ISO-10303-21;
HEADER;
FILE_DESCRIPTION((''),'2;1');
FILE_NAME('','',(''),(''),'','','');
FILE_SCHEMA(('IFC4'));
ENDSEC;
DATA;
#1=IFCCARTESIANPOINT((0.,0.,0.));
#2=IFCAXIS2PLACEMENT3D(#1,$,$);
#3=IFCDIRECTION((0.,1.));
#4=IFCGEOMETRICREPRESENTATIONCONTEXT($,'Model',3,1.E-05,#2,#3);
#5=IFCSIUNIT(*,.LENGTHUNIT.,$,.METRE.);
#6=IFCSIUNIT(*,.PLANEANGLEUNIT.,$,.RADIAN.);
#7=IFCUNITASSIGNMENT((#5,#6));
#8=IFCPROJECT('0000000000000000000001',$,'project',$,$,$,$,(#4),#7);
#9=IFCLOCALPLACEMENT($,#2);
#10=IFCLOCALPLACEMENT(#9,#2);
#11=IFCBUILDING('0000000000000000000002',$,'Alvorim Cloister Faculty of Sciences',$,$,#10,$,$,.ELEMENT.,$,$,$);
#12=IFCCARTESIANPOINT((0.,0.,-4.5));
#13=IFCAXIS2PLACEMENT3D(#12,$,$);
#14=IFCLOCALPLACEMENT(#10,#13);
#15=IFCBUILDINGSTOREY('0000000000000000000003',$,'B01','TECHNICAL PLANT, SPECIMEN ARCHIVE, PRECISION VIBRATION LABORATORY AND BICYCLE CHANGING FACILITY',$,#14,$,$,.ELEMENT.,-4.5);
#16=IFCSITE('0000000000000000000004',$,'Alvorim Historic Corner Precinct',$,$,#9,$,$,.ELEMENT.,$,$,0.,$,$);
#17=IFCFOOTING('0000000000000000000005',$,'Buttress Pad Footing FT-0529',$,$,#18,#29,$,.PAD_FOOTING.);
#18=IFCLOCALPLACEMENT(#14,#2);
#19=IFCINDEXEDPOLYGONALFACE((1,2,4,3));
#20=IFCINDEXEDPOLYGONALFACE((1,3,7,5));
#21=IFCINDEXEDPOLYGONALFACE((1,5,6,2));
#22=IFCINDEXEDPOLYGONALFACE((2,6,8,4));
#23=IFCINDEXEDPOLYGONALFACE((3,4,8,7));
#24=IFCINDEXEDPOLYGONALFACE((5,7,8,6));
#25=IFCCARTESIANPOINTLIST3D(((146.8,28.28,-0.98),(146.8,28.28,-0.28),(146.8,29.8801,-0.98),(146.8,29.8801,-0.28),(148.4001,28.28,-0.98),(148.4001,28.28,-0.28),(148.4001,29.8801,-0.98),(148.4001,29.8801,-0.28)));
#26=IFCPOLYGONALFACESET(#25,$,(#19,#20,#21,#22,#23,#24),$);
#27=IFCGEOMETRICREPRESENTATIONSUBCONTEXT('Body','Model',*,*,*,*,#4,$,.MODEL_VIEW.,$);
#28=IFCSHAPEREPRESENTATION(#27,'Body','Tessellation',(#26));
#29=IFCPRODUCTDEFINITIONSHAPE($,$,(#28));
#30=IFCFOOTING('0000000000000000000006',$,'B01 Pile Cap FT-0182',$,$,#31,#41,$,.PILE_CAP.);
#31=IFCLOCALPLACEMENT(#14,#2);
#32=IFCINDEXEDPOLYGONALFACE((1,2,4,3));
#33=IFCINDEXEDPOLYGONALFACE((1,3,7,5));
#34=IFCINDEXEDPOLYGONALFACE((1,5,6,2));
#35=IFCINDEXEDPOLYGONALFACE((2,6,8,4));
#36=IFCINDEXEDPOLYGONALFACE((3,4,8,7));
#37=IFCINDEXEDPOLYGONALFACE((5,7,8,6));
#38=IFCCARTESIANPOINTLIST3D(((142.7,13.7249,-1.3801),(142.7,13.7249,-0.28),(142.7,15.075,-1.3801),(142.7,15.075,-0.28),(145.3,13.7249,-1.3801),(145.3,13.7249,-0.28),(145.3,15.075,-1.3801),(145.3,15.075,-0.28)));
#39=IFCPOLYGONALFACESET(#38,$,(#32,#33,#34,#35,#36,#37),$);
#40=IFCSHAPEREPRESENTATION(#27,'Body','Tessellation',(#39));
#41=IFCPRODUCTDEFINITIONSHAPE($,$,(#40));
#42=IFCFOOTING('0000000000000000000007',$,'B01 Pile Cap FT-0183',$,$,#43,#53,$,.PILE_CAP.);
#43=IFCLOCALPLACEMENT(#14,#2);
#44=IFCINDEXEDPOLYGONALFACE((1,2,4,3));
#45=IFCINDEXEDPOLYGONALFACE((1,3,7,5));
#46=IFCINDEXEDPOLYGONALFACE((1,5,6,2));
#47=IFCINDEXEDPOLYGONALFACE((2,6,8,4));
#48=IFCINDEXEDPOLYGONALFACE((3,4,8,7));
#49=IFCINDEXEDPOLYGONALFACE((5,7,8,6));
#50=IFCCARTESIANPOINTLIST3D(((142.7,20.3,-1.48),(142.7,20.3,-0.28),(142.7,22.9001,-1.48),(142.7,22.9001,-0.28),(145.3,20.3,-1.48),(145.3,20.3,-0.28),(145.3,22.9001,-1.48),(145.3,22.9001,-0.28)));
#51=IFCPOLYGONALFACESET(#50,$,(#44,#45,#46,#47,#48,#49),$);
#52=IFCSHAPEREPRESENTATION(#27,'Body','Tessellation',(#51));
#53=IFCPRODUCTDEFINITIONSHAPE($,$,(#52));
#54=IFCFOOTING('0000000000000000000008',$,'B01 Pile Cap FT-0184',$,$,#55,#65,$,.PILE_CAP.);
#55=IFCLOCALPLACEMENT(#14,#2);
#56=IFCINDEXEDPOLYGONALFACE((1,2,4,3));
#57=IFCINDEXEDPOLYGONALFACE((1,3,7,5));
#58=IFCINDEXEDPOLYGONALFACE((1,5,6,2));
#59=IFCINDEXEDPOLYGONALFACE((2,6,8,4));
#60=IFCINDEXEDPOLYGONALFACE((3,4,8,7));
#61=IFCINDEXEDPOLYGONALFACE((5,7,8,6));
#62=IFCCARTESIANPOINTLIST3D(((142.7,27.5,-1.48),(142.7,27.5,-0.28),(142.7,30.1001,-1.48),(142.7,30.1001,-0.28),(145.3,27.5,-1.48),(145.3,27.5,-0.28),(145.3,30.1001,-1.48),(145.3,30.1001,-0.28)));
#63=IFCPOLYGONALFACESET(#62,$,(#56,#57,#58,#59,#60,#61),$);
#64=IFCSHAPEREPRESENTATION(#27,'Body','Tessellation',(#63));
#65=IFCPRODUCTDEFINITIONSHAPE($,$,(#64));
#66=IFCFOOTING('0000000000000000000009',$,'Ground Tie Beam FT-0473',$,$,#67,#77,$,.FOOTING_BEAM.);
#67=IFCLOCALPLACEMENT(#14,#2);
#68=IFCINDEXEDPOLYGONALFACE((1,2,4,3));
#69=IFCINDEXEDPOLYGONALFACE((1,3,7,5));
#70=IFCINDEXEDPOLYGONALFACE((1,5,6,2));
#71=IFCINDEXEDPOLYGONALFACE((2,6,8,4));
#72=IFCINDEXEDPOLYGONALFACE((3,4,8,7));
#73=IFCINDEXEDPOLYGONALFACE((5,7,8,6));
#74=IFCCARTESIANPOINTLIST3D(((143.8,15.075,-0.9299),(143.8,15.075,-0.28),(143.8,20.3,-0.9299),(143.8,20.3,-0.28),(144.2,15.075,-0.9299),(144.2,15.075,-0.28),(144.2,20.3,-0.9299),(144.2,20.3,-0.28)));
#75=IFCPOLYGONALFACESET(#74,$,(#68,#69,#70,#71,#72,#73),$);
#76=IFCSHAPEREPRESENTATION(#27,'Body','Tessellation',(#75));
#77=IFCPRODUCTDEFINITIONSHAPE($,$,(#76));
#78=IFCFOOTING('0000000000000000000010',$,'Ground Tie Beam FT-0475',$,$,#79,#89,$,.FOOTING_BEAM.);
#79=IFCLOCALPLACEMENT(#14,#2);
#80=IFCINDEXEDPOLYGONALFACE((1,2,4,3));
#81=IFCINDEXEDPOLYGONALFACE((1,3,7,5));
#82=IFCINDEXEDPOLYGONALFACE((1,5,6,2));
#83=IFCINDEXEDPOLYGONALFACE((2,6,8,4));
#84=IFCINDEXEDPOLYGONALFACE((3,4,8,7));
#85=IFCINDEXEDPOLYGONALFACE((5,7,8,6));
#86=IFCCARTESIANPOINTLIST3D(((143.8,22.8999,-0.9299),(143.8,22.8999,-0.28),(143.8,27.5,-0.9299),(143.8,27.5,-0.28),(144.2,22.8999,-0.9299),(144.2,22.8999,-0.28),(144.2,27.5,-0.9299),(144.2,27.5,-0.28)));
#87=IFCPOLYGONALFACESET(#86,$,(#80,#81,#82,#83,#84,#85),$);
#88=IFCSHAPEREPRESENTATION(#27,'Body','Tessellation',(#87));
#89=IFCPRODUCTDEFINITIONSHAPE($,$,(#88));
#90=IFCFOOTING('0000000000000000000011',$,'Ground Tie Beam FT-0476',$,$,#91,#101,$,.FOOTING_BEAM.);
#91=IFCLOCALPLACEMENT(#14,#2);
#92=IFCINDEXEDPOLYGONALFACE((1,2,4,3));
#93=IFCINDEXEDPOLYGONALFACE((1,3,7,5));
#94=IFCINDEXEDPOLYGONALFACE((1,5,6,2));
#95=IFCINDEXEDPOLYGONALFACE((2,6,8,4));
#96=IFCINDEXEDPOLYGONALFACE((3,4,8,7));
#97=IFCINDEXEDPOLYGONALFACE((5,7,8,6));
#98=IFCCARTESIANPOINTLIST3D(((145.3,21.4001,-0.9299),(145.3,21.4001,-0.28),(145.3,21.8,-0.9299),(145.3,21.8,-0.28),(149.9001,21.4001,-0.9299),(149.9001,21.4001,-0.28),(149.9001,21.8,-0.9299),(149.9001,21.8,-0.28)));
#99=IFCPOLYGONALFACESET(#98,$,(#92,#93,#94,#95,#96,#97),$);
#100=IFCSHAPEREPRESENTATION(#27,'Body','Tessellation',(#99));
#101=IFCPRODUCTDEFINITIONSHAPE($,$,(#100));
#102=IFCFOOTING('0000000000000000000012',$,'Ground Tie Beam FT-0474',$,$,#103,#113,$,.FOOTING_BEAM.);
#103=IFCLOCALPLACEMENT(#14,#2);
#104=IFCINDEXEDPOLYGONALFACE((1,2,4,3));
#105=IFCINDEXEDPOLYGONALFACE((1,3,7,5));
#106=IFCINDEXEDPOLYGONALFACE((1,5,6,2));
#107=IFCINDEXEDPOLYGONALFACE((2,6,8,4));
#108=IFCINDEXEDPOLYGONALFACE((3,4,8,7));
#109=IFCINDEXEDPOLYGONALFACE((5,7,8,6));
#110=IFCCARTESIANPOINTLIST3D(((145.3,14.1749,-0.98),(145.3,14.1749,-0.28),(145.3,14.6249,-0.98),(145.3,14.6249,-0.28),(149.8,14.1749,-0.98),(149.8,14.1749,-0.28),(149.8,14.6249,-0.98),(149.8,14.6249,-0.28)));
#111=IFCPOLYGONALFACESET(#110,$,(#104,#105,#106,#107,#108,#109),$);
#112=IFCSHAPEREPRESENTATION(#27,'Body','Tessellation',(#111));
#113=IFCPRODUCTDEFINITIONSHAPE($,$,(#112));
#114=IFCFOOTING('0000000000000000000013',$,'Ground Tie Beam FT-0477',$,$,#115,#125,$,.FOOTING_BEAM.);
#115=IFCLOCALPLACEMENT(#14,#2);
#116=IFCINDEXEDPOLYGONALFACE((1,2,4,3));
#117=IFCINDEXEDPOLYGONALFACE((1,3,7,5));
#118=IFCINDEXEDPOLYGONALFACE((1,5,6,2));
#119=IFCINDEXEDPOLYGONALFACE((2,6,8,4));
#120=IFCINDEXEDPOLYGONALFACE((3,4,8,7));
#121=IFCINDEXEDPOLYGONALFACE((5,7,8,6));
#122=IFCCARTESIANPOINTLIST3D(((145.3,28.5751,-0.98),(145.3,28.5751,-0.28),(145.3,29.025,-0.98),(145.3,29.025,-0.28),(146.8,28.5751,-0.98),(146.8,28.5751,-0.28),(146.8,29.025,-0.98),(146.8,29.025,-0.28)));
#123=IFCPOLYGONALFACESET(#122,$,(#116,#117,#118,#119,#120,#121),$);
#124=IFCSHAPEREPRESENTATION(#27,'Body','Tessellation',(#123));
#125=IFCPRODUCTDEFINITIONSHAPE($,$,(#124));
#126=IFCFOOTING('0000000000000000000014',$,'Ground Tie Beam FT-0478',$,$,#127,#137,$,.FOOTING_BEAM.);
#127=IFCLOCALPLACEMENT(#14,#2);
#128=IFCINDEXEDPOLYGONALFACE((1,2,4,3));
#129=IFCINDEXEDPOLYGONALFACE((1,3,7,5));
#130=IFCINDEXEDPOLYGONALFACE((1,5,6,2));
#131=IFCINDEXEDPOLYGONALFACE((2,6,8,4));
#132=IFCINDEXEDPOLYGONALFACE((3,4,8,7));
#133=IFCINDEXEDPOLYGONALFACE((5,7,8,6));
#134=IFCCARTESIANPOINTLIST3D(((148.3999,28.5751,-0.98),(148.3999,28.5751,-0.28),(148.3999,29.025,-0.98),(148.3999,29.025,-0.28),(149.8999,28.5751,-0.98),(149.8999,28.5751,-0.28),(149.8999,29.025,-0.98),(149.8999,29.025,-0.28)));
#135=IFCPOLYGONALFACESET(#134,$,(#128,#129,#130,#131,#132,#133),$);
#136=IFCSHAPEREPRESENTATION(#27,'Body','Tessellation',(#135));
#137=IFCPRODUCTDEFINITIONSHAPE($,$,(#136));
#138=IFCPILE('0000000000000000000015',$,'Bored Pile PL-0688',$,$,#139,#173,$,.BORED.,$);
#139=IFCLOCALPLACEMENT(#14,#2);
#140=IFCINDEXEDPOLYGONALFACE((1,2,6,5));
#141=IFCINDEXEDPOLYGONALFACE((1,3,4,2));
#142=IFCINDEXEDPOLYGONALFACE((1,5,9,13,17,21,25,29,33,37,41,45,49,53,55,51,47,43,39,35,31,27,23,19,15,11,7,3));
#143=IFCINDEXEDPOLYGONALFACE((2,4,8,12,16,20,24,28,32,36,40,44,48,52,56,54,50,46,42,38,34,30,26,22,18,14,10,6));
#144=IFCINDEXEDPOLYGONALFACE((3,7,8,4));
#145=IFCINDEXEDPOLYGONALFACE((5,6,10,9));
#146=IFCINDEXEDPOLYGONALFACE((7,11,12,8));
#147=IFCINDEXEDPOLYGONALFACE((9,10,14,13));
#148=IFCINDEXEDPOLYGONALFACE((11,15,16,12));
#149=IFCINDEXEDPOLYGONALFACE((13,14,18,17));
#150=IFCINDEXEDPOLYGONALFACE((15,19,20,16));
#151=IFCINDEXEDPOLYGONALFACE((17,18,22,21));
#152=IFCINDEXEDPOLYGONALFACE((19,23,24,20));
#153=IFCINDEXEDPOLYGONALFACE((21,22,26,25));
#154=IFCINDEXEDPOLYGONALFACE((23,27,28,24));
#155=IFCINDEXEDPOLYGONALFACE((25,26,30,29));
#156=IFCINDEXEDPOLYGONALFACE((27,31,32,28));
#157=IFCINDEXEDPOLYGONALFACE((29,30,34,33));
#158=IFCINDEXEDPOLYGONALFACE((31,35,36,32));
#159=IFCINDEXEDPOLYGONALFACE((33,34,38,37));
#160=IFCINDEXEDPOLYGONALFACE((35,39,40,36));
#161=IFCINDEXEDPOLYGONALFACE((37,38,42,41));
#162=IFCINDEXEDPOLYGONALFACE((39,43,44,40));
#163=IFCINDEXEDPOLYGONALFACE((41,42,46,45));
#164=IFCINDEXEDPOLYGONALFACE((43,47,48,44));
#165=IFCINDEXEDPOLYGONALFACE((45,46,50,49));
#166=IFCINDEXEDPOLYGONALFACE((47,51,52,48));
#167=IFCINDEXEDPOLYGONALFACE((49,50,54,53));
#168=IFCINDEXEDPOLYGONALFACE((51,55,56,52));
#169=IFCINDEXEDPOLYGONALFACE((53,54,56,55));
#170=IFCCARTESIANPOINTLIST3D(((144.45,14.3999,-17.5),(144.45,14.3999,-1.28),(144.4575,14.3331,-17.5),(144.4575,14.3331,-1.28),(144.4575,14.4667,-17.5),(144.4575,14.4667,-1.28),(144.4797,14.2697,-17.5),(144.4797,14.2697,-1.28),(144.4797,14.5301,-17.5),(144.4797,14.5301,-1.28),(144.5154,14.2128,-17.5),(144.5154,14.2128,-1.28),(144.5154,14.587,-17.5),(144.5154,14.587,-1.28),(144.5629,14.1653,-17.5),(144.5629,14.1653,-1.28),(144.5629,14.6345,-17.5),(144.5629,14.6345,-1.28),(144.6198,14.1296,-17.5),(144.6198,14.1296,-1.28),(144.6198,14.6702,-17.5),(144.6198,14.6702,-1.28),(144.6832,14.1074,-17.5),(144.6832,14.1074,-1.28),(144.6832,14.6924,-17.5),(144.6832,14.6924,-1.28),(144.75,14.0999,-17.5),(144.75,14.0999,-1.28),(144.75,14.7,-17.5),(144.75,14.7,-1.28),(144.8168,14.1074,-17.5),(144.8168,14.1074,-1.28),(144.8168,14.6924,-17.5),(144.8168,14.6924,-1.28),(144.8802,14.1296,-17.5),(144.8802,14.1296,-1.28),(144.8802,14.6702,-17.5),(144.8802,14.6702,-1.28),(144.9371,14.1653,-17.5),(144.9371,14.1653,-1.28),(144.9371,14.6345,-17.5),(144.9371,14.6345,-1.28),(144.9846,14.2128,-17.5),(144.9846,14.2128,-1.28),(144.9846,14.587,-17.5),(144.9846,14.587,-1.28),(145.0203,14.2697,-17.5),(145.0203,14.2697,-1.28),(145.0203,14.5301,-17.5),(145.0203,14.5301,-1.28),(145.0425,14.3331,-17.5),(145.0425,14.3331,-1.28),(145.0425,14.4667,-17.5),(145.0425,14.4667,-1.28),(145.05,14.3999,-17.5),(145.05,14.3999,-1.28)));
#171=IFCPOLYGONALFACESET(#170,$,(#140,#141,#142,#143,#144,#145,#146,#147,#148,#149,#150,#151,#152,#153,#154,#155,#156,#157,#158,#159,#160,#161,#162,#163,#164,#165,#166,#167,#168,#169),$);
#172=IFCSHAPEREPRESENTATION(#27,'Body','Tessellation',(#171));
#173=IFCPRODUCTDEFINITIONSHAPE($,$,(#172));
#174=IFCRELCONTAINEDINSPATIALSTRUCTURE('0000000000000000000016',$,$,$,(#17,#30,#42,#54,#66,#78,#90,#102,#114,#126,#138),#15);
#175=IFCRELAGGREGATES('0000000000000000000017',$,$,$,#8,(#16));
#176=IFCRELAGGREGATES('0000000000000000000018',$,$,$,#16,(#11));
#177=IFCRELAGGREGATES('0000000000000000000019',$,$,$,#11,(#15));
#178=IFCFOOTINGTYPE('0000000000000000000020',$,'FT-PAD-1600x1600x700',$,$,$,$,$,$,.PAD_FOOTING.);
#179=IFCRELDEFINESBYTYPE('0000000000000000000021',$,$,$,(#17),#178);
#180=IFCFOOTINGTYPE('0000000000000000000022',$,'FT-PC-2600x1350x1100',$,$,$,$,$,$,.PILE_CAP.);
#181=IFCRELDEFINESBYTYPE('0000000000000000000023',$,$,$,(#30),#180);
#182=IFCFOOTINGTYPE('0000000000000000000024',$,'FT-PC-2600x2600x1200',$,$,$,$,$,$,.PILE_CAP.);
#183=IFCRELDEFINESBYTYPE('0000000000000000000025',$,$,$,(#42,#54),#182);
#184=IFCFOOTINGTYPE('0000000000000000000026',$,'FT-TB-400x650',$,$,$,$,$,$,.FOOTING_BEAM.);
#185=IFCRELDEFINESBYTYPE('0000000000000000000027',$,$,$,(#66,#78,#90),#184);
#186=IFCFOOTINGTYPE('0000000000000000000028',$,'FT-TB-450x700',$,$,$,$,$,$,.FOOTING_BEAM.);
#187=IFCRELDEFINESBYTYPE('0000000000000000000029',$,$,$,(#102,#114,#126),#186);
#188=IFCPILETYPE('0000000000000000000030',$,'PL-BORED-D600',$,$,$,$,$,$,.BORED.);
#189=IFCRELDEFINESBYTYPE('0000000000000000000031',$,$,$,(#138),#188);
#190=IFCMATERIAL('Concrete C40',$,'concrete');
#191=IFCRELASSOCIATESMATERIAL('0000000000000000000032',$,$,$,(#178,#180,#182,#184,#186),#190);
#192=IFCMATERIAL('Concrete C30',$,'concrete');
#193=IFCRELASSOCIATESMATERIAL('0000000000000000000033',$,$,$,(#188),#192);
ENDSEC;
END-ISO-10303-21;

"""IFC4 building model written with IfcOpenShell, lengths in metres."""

from ifc_helpers import new_model, si_unit, direction, frame, origin, origin_2d, place, context, subcontext, project, spatial, rectangle, circle, extrude, material, material_profile, profile_set, type_object, element, save


model = new_model("IFC4")

# Units and contexts
model_context = context("Model", 3, precision=1e-05, world=origin(), true_north=direction((0.0, 1.0)))
body_context = subcontext(model_context, "Body", "Model", "MODEL_VIEW")
ifc_project = project(units=[si_unit("LENGTHUNIT", "METRE"), si_unit("PLANEANGLEUNIT", "RADIAN")], contexts=[model_context])

# Site, building, storey
site_placement = place(None, origin())
site = spatial("IfcSite", under=ifc_project, at=site_placement, Name="Alvorim Historic Corner Precinct", CompositionType="ELEMENT", RefElevation=0.0)
building_placement = place(site_placement, origin())
building = spatial("IfcBuilding", under=site, at=building_placement, Name="Alvorim Cloister Faculty of Sciences", CompositionType="ELEMENT")
storey_placement = place(building_placement, frame((0.0, 0.0, -4.5)))
storey = spatial("IfcBuildingStorey", under=building, at=storey_placement, Name="B01", Description="TECHNICAL PLANT, SPECIMEN ARCHIVE, PRECISION VIBRATION LABORATORY AND BICYCLE CHANGING FACILITY", CompositionType="ELEMENT", Elevation=-4.5)

# Footings
ifc_material_1 = material(Name="Concrete C40", Category="concrete")
footing_type_1 = type_object("IfcFootingType", Name="FT-PAD-1600x1600x700", PredefinedType="PAD_FOOTING", material=ifc_material_1)
footing_1_placement = place(storey_placement, frame((147.6001, 29.0801, -0.98), z_axis=(0.0, 0.0, 1.0), x_axis=(1.0, 0.0, 0.0)))
element("IfcFooting", 1, at=footing_1_placement, inside=storey, type_object=footing_type_1, Name="Buttress Pad Footing FT-0529", PredefinedType="PAD_FOOTING", context=body_context, shape_type="SweptSolid", body=[
    extrude(rectangle(XDim=1.6001, YDim=1.6001, at=origin_2d()), origin(), (0.0, 0.0, 1.0), 0.7),
])
footing_type_2 = type_object("IfcFootingType", Name="FT-PC-2600x1350x1100", PredefinedType="PILE_CAP", material=ifc_material_1)
footing_2_placement = place(storey_placement, frame((144.0, 14.3999, -1.3801), z_axis=(0.0, 0.0, 1.0), x_axis=(1.0, 0.0, 0.0)))
element("IfcFooting", 2, at=footing_2_placement, inside=storey, type_object=footing_type_2, Name="B01 Pile Cap FT-0182", PredefinedType="PILE_CAP", context=body_context, shape_type="SweptSolid", body=[
    extrude(rectangle(XDim=2.6001, YDim=1.3501, at=origin_2d()), origin(), (0.0, 0.0, 1.0), 1.1001),
])
footing_type_3 = type_object("IfcFootingType", Name="FT-PC-2600x2600x1200", PredefinedType="PILE_CAP", material=ifc_material_1)
for number, where, z_axis, x_axis, name in (
    (3, (144.0, 21.6001, -1.48), (0.0, 0.0, 1.0), (1.0, 0.0, 0.0), "B01 Pile Cap FT-0183"),
    (4, (144.0, 28.8, -1.48), (0.0, 0.0, 1.0), (1.0, 0.0, 0.0), "B01 Pile Cap FT-0184"),
):
    element("IfcFooting", number, at=place(storey_placement, frame(where, z_axis=z_axis, x_axis=x_axis)), inside=storey, type_object=footing_type_3, Name=name, PredefinedType="PILE_CAP", context=body_context, shape_type="SweptSolid", body=[
        extrude(rectangle(XDim=2.6001, YDim=2.6001, at=origin_2d()), origin(), (0.0, 0.0, 1.0), 1.2),
    ])
footing_type_4 = type_object("IfcFootingType", Name="FT-TB-400x650", PredefinedType="FOOTING_BEAM", material=ifc_material_1)
footing_3_placement = place(storey_placement, frame((144.0, 17.6875, -0.9299), z_axis=(0.0, 0.0, 1.0), x_axis=(1.0, 0.0, 0.0)))
element("IfcFooting", 5, at=footing_3_placement, inside=storey, type_object=footing_type_4, Name="Ground Tie Beam FT-0473", PredefinedType="FOOTING_BEAM", context=body_context, shape_type="SweptSolid", body=[
    extrude(rectangle(XDim=0.3999, YDim=5.2251, at=origin_2d()), origin(), (0.0, 0.0, 1.0), 0.6499),
])
footing_4_placement = place(storey_placement, frame((144.0, 25.2, -0.9299), z_axis=(0.0, 0.0, 1.0), x_axis=(1.0, 0.0, 0.0)))
element("IfcFooting", 6, at=footing_4_placement, inside=storey, type_object=footing_type_4, Name="Ground Tie Beam FT-0475", PredefinedType="FOOTING_BEAM", context=body_context, shape_type="SweptSolid", body=[
    extrude(rectangle(XDim=0.3999, YDim=4.6001, at=origin_2d()), origin(), (0.0, 0.0, 1.0), 0.6499),
])
footing_5_placement = place(storey_placement, frame((147.6001, 21.6001, -0.9299), z_axis=(0.0, 0.0, 1.0), x_axis=(1.0, 0.0, 0.0)))
element("IfcFooting", 7, at=footing_5_placement, inside=storey, type_object=footing_type_4, Name="Ground Tie Beam FT-0476", PredefinedType="FOOTING_BEAM", context=body_context, shape_type="SweptSolid", body=[
    extrude(rectangle(XDim=4.6001, YDim=0.3999, at=origin_2d()), origin(), (0.0, 0.0, 1.0), 0.6499),
])
footing_type_5 = type_object("IfcFootingType", Name="FT-TB-450x700", PredefinedType="FOOTING_BEAM", material=ifc_material_1)
footing_6_placement = place(storey_placement, frame((147.55, 14.3999, -0.98), z_axis=(0.0, 0.0, 1.0), x_axis=(1.0, 0.0, 0.0)))
element("IfcFooting", 8, at=footing_6_placement, inside=storey, type_object=footing_type_5, Name="Ground Tie Beam FT-0474", PredefinedType="FOOTING_BEAM", context=body_context, shape_type="SweptSolid", body=[
    extrude(rectangle(XDim=4.5, YDim=0.45, at=origin_2d()), origin(), (0.0, 0.0, 1.0), 0.7),
])
for number, where, z_axis, x_axis, name in (
    (9, (146.05, 28.8, -0.98), (0.0, 0.0, 1.0), (1.0, 0.0, 0.0), "Ground Tie Beam FT-0477"),
    (10, (149.1499, 28.8, -0.98), (0.0, 0.0, 1.0), (1.0, 0.0, 0.0), "Ground Tie Beam FT-0478"),
):
    element("IfcFooting", number, at=place(storey_placement, frame(where, z_axis=z_axis, x_axis=x_axis)), inside=storey, type_object=footing_type_5, Name=name, PredefinedType="FOOTING_BEAM", context=body_context, shape_type="SweptSolid", body=[
        extrude(rectangle(XDim=1.5, YDim=0.45, at=origin_2d()), origin(), (0.0, 0.0, 1.0), 0.7),
    ])

# Pile
ifc_material_2 = material(Name="Concrete C30", Category="concrete")
ifc_material_profile_1 = material_profile(ifc_material_2, circle(Radius=0.3, at=origin_2d()), Name="PILE-D600")
ifc_profile_set_1 = profile_set([ifc_material_profile_1], Name="Concrete C30")
pile_type = type_object("IfcPileType", Name="PL-BORED-D600", PredefinedType="BORED", material=ifc_profile_set_1)
pile_1_placement = place(storey_placement, frame((144.75, 14.3999, -1.28), z_axis=(0.0, 0.0, -1.0), x_axis=(1.0, 0.0, 0.0)))
element("IfcPile", 11, at=pile_1_placement, inside=storey, type_object=pile_type, Name="Bored Pile PL-0688", PredefinedType="BORED", context=body_context, shape_type="SweptSolid", body=[
    extrude(circle(Radius=0.3, at=origin_2d()), origin(), (0.0, 0.0, 1.0), 16.22),
])

save(model, "model.ifc")
